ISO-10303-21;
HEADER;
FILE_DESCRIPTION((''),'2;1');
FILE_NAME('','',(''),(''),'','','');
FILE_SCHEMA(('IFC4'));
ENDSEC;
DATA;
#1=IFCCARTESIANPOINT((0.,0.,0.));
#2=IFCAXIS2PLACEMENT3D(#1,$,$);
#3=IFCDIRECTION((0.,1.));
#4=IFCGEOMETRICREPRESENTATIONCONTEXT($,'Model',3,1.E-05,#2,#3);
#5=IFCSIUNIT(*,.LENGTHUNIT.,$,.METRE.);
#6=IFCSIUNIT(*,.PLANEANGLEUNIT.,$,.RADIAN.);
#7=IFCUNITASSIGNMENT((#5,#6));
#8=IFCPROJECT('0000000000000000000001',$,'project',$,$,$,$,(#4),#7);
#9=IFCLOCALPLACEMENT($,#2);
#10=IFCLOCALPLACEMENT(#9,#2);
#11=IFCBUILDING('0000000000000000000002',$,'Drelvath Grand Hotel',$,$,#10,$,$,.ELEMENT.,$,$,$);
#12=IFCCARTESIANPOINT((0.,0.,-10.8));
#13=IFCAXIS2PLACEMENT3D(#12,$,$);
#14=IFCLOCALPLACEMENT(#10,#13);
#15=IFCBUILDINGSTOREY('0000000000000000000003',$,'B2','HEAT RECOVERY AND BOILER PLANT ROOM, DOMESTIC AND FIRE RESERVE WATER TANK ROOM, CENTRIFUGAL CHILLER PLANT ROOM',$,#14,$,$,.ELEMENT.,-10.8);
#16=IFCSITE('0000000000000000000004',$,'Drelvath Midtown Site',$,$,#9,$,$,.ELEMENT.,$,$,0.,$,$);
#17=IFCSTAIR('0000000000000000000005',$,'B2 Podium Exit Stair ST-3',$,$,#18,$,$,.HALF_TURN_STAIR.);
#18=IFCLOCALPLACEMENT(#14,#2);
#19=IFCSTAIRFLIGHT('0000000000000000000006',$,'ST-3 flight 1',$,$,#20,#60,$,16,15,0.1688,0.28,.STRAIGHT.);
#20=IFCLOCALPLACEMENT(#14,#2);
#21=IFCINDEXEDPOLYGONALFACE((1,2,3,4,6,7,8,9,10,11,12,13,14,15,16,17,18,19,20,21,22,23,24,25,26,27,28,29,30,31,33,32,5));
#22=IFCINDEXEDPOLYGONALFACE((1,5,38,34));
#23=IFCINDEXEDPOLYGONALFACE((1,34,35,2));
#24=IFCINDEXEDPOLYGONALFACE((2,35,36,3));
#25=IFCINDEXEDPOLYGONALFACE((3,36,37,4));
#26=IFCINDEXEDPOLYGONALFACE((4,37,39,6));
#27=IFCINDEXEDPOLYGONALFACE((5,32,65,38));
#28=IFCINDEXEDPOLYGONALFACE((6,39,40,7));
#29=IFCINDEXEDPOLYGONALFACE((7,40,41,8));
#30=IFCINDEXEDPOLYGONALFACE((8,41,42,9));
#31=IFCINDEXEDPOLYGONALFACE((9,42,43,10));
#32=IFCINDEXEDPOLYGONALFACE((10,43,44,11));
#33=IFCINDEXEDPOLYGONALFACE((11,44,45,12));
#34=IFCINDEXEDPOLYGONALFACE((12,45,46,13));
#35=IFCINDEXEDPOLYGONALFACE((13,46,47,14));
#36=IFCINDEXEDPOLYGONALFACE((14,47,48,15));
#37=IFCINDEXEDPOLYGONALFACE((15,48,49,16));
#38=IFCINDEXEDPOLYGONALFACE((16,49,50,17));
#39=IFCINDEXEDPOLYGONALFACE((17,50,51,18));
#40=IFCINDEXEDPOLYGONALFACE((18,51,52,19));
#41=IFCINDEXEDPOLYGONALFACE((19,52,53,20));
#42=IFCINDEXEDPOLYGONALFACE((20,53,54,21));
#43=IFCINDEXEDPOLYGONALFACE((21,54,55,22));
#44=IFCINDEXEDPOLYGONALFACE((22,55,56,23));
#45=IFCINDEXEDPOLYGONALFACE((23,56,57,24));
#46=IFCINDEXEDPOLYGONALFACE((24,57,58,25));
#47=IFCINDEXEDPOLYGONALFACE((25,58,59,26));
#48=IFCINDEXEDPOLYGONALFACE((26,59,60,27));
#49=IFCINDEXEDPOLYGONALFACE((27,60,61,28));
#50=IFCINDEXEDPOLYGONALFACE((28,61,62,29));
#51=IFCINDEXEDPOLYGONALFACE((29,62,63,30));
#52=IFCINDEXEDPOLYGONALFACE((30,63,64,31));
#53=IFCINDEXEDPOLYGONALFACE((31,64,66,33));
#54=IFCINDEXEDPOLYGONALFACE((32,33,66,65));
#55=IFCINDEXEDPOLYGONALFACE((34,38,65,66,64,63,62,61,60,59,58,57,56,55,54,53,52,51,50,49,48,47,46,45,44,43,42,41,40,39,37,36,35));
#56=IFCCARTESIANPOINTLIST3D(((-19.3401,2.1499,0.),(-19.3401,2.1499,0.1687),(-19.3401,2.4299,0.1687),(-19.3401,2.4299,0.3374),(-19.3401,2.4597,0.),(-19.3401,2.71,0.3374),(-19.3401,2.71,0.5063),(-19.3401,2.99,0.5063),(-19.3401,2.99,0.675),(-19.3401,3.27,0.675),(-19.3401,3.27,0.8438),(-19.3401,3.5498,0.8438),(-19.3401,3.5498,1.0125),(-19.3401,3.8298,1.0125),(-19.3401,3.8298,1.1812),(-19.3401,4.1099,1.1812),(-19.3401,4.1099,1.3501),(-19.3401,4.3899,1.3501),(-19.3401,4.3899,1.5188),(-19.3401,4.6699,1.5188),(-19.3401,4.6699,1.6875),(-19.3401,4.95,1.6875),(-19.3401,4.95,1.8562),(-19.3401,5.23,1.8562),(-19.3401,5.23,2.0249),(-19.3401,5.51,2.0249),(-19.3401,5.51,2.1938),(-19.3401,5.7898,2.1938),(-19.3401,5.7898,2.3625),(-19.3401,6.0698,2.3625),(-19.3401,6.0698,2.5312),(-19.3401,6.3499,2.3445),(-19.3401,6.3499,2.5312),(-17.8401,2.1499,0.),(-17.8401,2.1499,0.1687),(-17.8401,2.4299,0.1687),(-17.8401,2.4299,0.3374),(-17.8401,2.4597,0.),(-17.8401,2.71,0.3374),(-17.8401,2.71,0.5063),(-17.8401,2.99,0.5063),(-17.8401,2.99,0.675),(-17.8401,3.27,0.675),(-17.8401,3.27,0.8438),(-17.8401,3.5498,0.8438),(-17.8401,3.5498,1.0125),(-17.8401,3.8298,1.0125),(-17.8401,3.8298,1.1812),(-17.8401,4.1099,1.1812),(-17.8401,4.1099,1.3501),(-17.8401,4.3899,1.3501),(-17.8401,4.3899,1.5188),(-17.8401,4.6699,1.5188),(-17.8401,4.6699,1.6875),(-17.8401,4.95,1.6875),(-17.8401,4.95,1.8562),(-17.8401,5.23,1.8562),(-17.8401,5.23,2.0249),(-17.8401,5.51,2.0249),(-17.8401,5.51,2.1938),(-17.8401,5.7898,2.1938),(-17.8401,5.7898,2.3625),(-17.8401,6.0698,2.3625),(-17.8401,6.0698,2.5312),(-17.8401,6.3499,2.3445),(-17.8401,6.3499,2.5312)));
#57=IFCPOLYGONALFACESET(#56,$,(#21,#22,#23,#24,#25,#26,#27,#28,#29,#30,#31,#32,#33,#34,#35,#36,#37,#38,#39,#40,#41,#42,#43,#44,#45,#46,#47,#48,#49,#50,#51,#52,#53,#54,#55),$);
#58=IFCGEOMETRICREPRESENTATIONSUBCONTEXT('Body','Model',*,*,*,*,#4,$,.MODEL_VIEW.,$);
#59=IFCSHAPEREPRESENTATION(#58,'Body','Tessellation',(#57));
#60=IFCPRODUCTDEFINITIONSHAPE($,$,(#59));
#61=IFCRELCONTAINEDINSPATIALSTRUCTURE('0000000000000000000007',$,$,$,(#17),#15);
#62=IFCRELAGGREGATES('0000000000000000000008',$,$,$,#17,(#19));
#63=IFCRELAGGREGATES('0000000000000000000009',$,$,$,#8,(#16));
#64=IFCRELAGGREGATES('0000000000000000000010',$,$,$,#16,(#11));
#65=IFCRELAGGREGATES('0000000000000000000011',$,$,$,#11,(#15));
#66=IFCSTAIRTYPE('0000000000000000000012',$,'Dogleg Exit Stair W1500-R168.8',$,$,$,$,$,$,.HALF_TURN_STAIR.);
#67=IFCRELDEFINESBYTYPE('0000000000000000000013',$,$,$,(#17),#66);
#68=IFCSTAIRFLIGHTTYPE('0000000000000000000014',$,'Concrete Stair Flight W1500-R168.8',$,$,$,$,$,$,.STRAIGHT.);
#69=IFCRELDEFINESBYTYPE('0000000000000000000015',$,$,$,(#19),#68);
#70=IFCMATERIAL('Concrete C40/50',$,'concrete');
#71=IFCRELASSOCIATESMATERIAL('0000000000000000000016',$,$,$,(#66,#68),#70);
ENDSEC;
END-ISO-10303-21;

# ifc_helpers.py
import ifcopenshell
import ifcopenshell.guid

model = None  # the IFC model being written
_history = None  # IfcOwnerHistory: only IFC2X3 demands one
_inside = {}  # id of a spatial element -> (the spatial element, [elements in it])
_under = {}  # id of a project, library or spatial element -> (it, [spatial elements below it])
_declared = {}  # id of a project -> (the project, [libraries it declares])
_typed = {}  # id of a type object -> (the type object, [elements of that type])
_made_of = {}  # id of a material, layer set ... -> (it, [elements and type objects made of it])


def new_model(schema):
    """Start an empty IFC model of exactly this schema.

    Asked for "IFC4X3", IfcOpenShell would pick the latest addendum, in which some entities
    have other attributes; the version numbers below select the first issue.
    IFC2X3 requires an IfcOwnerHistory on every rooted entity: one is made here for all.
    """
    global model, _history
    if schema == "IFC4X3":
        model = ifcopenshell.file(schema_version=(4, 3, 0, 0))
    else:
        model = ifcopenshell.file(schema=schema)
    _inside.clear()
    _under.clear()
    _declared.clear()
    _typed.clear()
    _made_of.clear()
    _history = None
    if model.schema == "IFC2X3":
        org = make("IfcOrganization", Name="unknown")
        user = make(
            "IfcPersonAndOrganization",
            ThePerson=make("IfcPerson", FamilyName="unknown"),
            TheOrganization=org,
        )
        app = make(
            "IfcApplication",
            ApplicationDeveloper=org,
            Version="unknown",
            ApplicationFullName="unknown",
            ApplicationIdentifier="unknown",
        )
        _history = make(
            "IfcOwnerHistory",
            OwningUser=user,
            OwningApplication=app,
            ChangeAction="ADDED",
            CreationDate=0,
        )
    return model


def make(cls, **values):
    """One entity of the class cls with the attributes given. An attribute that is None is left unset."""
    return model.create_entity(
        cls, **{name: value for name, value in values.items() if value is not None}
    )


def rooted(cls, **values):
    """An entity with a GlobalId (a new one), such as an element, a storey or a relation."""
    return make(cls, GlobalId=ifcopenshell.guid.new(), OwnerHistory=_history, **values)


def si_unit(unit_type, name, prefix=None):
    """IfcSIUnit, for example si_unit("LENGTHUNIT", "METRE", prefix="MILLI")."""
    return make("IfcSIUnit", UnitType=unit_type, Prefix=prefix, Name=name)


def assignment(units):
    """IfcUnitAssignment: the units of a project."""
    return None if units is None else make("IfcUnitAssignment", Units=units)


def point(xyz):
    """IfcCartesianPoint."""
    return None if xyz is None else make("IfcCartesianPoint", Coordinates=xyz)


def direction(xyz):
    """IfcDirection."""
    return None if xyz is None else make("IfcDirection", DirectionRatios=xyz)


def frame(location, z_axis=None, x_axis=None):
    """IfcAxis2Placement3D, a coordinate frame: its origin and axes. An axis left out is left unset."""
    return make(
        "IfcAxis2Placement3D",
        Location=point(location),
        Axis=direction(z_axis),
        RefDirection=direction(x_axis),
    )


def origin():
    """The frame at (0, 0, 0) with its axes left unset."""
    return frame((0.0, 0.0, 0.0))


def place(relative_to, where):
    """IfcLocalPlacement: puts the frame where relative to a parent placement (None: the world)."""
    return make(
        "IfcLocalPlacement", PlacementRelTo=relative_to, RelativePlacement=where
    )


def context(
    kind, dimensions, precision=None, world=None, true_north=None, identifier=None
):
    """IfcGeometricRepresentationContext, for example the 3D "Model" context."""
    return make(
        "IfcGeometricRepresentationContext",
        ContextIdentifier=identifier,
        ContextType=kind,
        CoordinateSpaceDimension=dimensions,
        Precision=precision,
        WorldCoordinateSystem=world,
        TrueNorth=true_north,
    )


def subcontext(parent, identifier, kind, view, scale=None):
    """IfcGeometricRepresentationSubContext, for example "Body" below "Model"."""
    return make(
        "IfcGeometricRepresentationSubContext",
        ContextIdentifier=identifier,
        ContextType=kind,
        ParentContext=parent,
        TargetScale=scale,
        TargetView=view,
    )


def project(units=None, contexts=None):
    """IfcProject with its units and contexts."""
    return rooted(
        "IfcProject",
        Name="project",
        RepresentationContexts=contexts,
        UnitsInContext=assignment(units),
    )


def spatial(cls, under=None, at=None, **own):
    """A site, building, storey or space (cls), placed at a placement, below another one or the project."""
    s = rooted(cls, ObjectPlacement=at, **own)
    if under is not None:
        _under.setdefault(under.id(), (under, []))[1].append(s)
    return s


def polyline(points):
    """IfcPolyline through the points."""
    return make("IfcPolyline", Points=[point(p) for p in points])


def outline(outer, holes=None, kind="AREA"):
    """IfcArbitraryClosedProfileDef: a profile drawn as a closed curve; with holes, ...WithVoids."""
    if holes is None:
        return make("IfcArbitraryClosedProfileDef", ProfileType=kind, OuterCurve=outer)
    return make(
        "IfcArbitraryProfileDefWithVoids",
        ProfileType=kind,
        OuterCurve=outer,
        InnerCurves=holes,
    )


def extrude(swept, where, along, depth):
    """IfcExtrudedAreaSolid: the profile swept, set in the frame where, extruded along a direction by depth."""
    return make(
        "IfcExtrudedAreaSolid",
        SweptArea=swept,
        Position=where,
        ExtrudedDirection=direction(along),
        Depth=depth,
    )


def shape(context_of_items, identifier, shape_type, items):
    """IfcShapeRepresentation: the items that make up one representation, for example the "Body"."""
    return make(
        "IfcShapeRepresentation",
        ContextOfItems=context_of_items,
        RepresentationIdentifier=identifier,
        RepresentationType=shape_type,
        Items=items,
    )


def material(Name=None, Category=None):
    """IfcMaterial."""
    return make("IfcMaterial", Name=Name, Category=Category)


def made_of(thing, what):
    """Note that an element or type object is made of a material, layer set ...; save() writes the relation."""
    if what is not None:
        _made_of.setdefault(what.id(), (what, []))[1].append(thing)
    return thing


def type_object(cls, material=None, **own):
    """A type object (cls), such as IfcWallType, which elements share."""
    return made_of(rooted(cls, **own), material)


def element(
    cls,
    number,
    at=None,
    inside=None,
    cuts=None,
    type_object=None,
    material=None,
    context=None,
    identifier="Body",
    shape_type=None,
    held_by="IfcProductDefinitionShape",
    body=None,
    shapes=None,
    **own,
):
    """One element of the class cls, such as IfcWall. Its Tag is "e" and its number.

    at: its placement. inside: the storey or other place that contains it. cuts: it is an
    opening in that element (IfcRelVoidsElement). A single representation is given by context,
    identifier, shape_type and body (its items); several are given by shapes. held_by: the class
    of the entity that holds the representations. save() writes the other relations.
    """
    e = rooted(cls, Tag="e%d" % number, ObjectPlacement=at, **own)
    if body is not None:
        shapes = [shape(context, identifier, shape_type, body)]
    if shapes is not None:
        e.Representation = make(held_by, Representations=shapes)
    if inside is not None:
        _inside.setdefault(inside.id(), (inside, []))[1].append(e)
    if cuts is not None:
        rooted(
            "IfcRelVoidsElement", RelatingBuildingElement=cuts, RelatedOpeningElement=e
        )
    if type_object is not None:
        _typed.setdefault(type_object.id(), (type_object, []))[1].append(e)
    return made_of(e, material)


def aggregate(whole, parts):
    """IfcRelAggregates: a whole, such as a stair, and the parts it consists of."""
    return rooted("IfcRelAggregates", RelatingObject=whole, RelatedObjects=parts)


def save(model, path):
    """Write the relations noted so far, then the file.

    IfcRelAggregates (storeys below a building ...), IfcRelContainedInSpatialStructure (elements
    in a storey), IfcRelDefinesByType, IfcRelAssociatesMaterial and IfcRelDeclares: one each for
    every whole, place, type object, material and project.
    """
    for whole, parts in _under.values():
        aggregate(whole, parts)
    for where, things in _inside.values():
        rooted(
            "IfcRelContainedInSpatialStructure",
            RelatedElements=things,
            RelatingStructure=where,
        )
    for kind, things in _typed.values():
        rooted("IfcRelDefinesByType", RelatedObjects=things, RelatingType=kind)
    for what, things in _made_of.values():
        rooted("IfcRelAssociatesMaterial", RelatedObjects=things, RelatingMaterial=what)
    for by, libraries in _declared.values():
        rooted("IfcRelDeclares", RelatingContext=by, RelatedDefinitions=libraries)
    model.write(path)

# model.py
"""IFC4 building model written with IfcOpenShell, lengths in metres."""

from ifc_helpers import new_model, si_unit, direction, frame, origin, place, context, subcontext, project, spatial, polyline, outline, extrude, material, type_object, element, aggregate, save


model = new_model("IFC4")

# Units and contexts
model_context = context("Model", 3, precision=1e-05, world=origin(), true_north=direction((0.0, 1.0)))
body_context = subcontext(model_context, "Body", "Model", "MODEL_VIEW")
ifc_project = project(units=[si_unit("LENGTHUNIT", "METRE"), si_unit("PLANEANGLEUNIT", "RADIAN")], contexts=[model_context])

# Site, building, storey
site_placement = place(None, origin())
site = spatial("IfcSite", under=ifc_project, at=site_placement, Name="Drelvath Midtown Site", CompositionType="ELEMENT", RefElevation=0.0)
building_placement = place(site_placement, origin())
building = spatial("IfcBuilding", under=site, at=building_placement, Name="Drelvath Grand Hotel", CompositionType="ELEMENT")
storey_placement = place(building_placement, frame((0.0, 0.0, -10.8)))
storey = spatial("IfcBuildingStorey", under=building, at=storey_placement, Name="B2", Description="HEAT RECOVERY AND BOILER PLANT ROOM, DOMESTIC AND FIRE RESERVE WATER TANK ROOM, CENTRIFUGAL CHILLER PLANT ROOM", CompositionType="ELEMENT", Elevation=-10.8)

# Shared definitions
ifc_material_1 = material(Name="Concrete C40/50", Category="concrete")

# Stair, stair flight
stair_type = type_object("IfcStairType", Name="Dogleg Exit Stair W1500-R168.8", PredefinedType="HALF_TURN_STAIR", material=ifc_material_1)
stair_placement = place(storey_placement, origin())
stair = element("IfcStair", 1, at=stair_placement, inside=storey, type_object=stair_type, Name="B2 Podium Exit Stair ST-3", PredefinedType="HALF_TURN_STAIR")
stair_flight_type = type_object("IfcStairFlightType", Name="Concrete Stair Flight W1500-R168.8", PredefinedType="STRAIGHT", material=ifc_material_1)
stair_flight_placement = place(storey_placement, frame((-18.5901, 2.1499, 0.0), z_axis=(0.0, 0.0, 1.0), x_axis=(0.0, 1.0, 0.0)))
stair_flight = element("IfcStairFlight", 2, at=stair_flight_placement, type_object=stair_flight_type, Name="ST-3 flight 1", NumberOfRisers=16, NumberOfTreads=15, PredefinedType="STRAIGHT", RiserHeight=0.1688, TreadLength=0.28, context=body_context, shape_type="SweptSolid", body=[
    extrude(outline(polyline([(0.0, 0.0), (0.0, 0.1687), (0.28, 0.1687), (0.28, 0.3374), (0.5601, 0.3374), (0.5601, 0.5063), (0.8401, 0.5063), (0.8401, 0.675), (1.1201, 0.675), (1.1201, 0.8438), (1.3999, 0.8438), (1.3999, 1.0125), (1.6799, 1.0125), (1.6799, 1.1812), (1.96, 1.1812), (1.96, 1.3501), (2.24, 1.3501), (2.24, 1.5188), (2.52, 1.5188), (2.52, 1.6875), (2.8, 1.6875), (2.8, 1.8562), (3.0801, 1.8562), (3.0801, 2.0249), (3.3601, 2.0249), (3.3601, 2.1938), (3.6399, 2.1938), (3.6399, 2.3625), (3.9199, 2.3625), (3.9199, 2.5312), (4.2, 2.5312), (4.2, 2.7), (4.2, 2.3445), (0.3098, 0.0), (0.0, 0.0)])), frame((0.0, 0.75, 0.0), z_axis=(0.0, -1.0, 0.0), x_axis=(1.0, 0.0, 0.0)), (0.0, 0.0, 1.0), 1.5),
])
aggregate(stair, [stair_flight])

save(model, "model.ifc")
